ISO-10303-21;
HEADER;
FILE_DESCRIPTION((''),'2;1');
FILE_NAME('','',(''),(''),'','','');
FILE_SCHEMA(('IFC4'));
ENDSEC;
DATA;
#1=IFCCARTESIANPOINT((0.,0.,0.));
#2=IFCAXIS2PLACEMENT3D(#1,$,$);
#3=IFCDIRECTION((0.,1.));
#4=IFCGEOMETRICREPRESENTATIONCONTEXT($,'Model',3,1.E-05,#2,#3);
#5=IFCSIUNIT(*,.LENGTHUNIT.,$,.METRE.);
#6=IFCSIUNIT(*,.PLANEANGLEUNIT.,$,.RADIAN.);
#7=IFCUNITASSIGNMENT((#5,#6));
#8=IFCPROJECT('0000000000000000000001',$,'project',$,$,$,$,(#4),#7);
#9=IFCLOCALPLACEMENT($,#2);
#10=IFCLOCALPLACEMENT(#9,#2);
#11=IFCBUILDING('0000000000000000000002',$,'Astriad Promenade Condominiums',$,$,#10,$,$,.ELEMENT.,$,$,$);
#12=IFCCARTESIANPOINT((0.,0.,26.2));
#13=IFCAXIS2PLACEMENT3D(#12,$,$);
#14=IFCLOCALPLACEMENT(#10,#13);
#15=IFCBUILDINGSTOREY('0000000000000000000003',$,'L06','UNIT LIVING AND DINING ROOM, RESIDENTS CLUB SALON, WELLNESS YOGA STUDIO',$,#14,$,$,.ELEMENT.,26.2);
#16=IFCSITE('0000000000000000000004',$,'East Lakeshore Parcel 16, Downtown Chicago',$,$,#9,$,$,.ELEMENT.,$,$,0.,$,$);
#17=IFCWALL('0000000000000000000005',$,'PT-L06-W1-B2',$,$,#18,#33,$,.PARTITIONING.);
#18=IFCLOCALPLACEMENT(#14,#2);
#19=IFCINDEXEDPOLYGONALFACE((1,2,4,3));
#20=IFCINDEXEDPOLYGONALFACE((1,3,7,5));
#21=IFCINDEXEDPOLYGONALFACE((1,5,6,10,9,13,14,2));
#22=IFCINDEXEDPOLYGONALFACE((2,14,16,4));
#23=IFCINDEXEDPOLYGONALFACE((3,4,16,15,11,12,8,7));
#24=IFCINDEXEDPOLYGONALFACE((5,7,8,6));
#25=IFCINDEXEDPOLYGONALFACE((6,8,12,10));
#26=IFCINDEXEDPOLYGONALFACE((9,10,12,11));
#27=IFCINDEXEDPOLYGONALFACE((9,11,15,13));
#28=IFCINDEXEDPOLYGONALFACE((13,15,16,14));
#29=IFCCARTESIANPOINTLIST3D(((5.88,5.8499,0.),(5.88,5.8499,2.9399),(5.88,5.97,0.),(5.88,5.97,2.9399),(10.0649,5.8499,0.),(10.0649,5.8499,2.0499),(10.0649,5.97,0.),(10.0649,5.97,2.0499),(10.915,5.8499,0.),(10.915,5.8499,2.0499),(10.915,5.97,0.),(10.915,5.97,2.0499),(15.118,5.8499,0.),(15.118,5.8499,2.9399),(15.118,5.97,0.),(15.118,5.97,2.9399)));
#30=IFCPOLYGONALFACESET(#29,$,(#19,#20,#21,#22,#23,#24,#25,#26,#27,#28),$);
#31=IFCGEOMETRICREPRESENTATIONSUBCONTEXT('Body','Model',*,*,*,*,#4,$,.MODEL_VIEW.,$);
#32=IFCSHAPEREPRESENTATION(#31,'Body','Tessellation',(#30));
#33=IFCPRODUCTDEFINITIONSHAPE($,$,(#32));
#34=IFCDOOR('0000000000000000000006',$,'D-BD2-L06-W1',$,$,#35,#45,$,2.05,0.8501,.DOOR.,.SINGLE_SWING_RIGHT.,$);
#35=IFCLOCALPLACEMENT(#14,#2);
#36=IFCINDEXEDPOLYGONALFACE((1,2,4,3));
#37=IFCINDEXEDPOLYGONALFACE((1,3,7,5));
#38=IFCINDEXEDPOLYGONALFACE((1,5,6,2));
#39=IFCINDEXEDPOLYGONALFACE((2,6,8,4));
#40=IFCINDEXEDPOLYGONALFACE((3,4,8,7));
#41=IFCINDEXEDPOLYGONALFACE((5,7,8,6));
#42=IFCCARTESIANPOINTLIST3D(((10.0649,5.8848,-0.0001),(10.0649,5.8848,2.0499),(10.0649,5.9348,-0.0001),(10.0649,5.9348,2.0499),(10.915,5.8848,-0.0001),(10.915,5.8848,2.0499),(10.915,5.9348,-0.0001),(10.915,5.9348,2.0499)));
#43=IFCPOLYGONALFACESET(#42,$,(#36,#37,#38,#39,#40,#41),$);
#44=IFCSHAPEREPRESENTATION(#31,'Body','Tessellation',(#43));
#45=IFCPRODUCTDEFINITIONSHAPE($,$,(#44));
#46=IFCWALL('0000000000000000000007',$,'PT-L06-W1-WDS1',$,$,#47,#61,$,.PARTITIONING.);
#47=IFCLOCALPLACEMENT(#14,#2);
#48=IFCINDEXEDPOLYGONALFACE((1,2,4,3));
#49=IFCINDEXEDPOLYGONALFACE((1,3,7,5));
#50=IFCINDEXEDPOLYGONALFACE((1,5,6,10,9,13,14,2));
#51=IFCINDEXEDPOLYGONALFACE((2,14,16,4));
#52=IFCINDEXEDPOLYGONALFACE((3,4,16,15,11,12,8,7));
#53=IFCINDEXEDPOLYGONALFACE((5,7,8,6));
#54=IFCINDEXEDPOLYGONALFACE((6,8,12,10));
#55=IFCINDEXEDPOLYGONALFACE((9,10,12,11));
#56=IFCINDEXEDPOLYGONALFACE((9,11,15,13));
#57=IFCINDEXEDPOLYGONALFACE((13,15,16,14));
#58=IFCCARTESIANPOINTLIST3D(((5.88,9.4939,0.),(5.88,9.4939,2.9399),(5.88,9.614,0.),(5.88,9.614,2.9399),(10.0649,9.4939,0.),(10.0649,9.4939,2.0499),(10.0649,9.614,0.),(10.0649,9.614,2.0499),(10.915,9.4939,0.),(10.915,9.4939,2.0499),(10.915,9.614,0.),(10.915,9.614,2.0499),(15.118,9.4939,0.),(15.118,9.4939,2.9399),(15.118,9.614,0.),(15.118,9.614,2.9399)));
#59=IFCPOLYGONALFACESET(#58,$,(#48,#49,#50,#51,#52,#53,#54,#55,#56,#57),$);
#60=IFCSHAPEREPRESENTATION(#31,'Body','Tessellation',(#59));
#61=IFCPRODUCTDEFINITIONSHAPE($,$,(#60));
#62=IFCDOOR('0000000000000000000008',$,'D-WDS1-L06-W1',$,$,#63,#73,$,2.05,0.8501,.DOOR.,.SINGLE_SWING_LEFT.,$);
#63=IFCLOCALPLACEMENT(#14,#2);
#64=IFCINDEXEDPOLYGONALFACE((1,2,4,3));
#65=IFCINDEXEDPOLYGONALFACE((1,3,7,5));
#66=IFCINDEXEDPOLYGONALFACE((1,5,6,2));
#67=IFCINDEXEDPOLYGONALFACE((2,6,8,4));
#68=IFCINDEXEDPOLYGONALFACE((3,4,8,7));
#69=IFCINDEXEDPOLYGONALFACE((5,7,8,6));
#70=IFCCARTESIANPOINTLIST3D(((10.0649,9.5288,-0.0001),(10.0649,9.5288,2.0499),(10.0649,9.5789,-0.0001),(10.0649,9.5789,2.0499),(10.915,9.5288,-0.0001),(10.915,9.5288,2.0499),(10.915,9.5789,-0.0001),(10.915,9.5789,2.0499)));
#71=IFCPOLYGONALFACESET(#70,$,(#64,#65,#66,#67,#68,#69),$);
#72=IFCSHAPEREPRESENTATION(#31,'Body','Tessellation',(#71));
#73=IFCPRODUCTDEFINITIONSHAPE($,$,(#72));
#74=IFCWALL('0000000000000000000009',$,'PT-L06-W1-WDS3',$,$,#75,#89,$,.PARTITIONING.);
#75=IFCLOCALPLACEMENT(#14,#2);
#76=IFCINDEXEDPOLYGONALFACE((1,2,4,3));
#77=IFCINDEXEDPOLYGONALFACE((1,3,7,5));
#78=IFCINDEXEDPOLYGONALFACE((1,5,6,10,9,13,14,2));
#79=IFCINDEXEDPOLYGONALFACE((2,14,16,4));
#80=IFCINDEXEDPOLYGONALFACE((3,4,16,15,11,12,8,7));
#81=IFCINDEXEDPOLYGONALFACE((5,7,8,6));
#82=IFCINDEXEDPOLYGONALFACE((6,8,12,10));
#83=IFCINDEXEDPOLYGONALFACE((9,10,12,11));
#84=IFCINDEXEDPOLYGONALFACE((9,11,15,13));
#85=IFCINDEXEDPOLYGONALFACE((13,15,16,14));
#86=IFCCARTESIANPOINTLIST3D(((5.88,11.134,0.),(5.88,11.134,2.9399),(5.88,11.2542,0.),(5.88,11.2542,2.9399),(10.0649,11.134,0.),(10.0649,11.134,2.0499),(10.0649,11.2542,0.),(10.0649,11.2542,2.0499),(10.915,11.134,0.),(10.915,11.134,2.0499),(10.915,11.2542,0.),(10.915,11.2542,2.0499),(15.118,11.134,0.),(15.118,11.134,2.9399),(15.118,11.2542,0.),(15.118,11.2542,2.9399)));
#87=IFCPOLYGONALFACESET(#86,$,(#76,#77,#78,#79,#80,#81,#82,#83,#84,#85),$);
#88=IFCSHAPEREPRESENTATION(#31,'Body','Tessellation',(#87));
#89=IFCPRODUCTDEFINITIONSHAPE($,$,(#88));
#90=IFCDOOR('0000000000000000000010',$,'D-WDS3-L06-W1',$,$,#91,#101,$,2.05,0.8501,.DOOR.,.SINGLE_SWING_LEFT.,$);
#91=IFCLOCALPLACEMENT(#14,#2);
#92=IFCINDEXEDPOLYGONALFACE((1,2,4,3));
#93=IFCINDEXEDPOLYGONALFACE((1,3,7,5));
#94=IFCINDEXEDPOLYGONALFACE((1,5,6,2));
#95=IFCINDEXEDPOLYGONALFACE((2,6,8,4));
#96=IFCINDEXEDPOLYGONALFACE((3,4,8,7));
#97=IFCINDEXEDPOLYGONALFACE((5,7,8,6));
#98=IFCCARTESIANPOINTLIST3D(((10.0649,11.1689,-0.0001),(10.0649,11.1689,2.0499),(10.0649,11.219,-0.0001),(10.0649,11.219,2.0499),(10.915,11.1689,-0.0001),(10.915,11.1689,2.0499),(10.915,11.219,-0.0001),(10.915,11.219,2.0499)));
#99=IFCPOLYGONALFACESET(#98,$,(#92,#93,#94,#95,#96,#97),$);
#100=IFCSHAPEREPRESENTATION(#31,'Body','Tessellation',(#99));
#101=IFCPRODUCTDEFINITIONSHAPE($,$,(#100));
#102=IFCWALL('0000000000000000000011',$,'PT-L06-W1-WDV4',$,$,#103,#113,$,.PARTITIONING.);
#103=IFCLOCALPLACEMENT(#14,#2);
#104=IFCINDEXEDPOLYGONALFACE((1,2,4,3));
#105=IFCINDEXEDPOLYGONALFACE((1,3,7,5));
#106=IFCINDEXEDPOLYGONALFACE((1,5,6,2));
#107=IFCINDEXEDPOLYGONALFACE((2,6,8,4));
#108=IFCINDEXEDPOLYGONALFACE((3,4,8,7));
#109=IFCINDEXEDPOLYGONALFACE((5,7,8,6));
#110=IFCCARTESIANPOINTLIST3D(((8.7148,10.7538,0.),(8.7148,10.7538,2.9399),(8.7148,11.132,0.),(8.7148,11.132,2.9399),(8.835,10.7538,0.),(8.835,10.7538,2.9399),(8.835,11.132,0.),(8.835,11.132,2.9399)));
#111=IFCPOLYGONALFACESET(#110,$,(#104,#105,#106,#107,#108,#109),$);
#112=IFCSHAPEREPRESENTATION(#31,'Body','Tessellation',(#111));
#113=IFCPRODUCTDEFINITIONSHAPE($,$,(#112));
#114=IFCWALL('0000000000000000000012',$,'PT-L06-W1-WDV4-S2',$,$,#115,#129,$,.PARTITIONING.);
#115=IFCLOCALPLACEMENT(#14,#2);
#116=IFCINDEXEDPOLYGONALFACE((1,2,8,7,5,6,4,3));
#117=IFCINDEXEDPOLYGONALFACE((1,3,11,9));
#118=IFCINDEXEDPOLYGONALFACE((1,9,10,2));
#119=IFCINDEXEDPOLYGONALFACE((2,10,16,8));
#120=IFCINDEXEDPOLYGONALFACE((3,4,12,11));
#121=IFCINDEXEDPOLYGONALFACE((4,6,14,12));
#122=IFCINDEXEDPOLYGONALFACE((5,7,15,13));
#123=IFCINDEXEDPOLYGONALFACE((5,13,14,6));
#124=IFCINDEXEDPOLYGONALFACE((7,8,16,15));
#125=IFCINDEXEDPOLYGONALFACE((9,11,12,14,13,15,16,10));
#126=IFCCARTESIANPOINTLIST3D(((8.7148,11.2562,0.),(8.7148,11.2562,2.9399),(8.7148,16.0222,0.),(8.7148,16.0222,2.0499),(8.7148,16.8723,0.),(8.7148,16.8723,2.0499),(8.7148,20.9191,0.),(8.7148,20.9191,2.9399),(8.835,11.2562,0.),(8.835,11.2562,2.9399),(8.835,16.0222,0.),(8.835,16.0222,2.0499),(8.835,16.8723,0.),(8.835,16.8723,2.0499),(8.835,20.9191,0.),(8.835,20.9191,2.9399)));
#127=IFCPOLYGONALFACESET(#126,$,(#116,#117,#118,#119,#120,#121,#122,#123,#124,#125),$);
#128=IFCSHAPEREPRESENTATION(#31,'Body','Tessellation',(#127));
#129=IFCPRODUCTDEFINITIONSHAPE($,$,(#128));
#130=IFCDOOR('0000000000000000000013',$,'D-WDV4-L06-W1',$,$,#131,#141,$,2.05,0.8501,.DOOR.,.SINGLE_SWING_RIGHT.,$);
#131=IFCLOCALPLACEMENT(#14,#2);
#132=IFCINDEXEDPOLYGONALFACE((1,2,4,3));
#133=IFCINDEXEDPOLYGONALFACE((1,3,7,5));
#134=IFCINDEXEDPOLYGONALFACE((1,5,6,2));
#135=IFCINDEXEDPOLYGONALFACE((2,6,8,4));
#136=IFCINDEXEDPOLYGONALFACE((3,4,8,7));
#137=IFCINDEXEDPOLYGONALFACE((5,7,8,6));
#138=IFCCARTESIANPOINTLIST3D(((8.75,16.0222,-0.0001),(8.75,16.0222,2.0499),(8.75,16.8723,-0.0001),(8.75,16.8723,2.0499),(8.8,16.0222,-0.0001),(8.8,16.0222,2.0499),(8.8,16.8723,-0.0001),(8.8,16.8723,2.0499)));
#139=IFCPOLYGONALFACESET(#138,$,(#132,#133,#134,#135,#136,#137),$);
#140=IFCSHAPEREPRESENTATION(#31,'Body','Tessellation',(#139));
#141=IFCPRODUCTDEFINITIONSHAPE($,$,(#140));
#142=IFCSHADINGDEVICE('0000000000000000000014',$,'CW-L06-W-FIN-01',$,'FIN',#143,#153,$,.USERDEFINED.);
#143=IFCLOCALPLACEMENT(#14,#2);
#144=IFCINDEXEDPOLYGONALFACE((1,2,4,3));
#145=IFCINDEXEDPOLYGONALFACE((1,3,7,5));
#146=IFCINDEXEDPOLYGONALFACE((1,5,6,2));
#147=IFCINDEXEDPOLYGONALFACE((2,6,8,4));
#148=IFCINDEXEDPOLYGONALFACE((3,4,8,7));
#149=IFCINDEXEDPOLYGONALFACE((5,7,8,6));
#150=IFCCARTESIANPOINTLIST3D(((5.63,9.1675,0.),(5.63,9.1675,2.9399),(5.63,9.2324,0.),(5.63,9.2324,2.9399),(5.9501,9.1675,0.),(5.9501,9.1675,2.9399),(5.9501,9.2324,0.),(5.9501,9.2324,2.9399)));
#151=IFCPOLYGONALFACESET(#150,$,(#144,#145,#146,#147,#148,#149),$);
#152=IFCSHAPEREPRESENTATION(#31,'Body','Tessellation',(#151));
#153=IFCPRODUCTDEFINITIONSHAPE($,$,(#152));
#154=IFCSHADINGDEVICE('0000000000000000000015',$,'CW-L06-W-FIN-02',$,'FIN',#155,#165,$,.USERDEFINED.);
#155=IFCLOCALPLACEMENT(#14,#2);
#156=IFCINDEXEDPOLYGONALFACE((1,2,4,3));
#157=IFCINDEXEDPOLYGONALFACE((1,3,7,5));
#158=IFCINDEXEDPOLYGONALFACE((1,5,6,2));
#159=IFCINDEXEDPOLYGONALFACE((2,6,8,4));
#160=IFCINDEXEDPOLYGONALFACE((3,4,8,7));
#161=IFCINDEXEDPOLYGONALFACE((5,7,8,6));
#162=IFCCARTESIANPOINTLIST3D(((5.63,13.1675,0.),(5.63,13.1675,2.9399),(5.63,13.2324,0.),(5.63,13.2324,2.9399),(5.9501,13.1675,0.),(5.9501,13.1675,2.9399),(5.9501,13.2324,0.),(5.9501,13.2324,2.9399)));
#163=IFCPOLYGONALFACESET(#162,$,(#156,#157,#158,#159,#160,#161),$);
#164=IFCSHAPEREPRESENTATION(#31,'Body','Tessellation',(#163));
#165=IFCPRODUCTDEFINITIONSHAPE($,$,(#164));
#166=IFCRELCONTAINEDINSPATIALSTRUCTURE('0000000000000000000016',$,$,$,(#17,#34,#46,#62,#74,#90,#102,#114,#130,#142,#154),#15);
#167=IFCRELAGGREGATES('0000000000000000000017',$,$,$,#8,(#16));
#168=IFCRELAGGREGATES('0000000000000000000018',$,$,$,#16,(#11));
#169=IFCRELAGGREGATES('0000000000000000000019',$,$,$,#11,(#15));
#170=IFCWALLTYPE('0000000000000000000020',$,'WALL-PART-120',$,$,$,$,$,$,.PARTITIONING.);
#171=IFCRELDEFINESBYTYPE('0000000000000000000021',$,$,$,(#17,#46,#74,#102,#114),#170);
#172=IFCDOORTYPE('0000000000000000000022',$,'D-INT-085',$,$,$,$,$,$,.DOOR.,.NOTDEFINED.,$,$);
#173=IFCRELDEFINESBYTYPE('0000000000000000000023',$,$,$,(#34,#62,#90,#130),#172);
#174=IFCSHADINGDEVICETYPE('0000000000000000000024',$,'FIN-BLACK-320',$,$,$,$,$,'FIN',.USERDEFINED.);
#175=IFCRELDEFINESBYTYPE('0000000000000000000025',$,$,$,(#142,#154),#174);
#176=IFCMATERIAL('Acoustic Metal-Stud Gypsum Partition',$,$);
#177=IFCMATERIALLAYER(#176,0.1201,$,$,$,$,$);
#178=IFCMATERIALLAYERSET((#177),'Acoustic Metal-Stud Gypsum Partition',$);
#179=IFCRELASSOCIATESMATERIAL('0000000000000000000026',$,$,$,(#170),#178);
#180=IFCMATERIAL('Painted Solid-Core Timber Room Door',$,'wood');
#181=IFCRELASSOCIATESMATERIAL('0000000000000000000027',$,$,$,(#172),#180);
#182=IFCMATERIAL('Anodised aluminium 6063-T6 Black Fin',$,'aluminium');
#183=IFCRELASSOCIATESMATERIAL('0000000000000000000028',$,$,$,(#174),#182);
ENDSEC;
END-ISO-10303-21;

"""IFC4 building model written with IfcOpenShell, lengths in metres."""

from ifc_helpers import new_model, si_unit, direction, frame, frame_2d, origin, origin_2d, place, context, subcontext, project, spatial, rectangle, extrude, source, transform, mapped, material, layer, layer_set, type_object, type_shapes, element, fill, save


model = new_model("IFC4")

# Units and contexts
model_context = context("Model", 3, precision=1e-05, world=origin(), true_north=direction((0.0, 1.0)))
body_context = subcontext(model_context, "Body", "Model", "MODEL_VIEW")
ifc_project = project(units=[si_unit("LENGTHUNIT", "METRE"), si_unit("PLANEANGLEUNIT", "RADIAN")], contexts=[model_context])

# Site, building, storey
site_placement = place(None, origin())
site = spatial("IfcSite", under=ifc_project, at=site_placement, Name="East Lakeshore Parcel 16, Downtown Chicago", CompositionType="ELEMENT", RefElevation=0.0)
building_placement = place(site_placement, origin())
building = spatial("IfcBuilding", under=site, at=building_placement, Name="Astriad Promenade Condominiums", CompositionType="ELEMENT")
storey_placement = place(building_placement, frame((0.0, 0.0, 26.2)))
storey = spatial("IfcBuildingStorey", under=building, at=storey_placement, Name="L06", Description="UNIT LIVING AND DINING ROOM, RESIDENTS CLUB SALON, WELLNESS YOGA STUDIO", CompositionType="ELEMENT", Elevation=26.2)

# Walls, openings, doors
ifc_material_1 = material(Name="Acoustic Metal-Stud Gypsum Partition")
ifc_layer_1 = layer(ifc_material_1, 0.1201)
ifc_layer_set_1 = layer_set([ifc_layer_1], Name="Acoustic Metal-Stud Gypsum Partition")
wall_type_1 = type_object("IfcWallType", Name="WALL-PART-120", PredefinedType="PARTITIONING", material=ifc_layer_set_1)
wall_1_placement = place(storey_placement, frame((5.8799, 5.9099, 0.0), z_axis=(0.0, 0.0, 1.0), x_axis=(1.0, 0.0, 0.0)))
wall_1 = element("IfcWall", 1, at=wall_1_placement, inside=storey, type_object=wall_type_1, Name="PT-L06-W1-B2", PredefinedType="PARTITIONING", context=body_context, shape_type="SweptSolid", body=[
    extrude(rectangle(XDim=9.238, YDim=0.1201, at=frame_2d((4.6191, 0.0))), origin(), (0.0, 0.0, 1.0), 2.9399),
])
opening_1_placement = place(wall_1_placement, frame((4.1851, 0.0, 0.0)))
opening_1 = element("IfcOpeningElement", 2, at=opening_1_placement, cuts=wall_1, PredefinedType="OPENING", context=body_context, shape_type="SweptSolid", body=[
    extrude(rectangle(XDim=0.8501, YDim=2.05, at=frame_2d((0.425, 1.0249))), frame((0.0, 0.0701, 0.0), z_axis=(0.0, -1.0, 0.0), x_axis=(1.0, 0.0, 0.0)), (0.0, 0.0, 1.0), 0.1401),
])
ifc_material_2 = material(Name="Painted Solid-Core Timber Room Door", Category="wood")
door_type = type_object("IfcDoorType", Name="D-INT-085", OperationType="NOTDEFINED", PredefinedType="DOOR", material=ifc_material_2)
shared_shape_1 = source(origin(), body_context, "Body", "SweptSolid", [
    extrude(rectangle(XDim=0.8501, YDim=2.05, at=frame_2d((0.425, 1.0249))), frame((0.0, 0.0249, 0.0), z_axis=(0.0, -1.0, 0.0), x_axis=(1.0, 0.0, 0.0)), (0.0, 0.0, 1.0), 0.05),
])
type_shapes(door_type, [shared_shape_1])
door_1_placement = place(opening_1_placement, origin())
door_1 = element("IfcDoor", 3, at=door_1_placement, inside=storey, type_object=door_type, Name="D-BD2-L06-W1", OperationType="SINGLE_SWING_RIGHT", OverallHeight=2.05, OverallWidth=0.8501, PredefinedType="DOOR", context=body_context, shape_type="MappedRepresentation", body=[
    mapped(shared_shape_1, transform((0.0, 0.0, 0.0), scale=1.0)),
])
fill(opening_1, door_1)
wall_2_placement = place(storey_placement, frame((5.8799, 9.554, 0.0), z_axis=(0.0, 0.0, 1.0), x_axis=(1.0, 0.0, 0.0)))
wall_2 = element("IfcWall", 4, at=wall_2_placement, inside=storey, type_object=wall_type_1, Name="PT-L06-W1-WDS1", PredefinedType="PARTITIONING", context=body_context, shape_type="SweptSolid", body=[
    extrude(rectangle(XDim=9.238, YDim=0.1201, at=frame_2d((4.6191, 0.0))), origin(), (0.0, 0.0, 1.0), 2.9399),
])
opening_2_placement = place(wall_2_placement, frame((4.1851, 0.0, 0.0)))
opening_2 = element("IfcOpeningElement", 5, at=opening_2_placement, cuts=wall_2, PredefinedType="OPENING", context=body_context, shape_type="SweptSolid", body=[
    extrude(rectangle(XDim=0.8501, YDim=2.05, at=frame_2d((0.425, 1.0249))), frame((0.0, 0.0701, 0.0), z_axis=(0.0, -1.0, 0.0), x_axis=(1.0, 0.0, 0.0)), (0.0, 0.0, 1.0), 0.1401),
])
door_2_placement = place(opening_2_placement, origin())
door_2 = element("IfcDoor", 6, at=door_2_placement, inside=storey, type_object=door_type, Name="D-WDS1-L06-W1", OperationType="SINGLE_SWING_LEFT", OverallHeight=2.05, OverallWidth=0.8501, PredefinedType="DOOR", context=body_context, shape_type="MappedRepresentation", body=[
    mapped(shared_shape_1, transform((0.0, 0.0, 0.0), scale=1.0)),
])
fill(opening_2, door_2)
wall_3_placement = place(storey_placement, frame((5.8799, 11.1941, 0.0), z_axis=(0.0, 0.0, 1.0), x_axis=(1.0, 0.0, 0.0)))
wall_3 = element("IfcWall", 7, at=wall_3_placement, inside=storey, type_object=wall_type_1, Name="PT-L06-W1-WDS3", PredefinedType="PARTITIONING", context=body_context, shape_type="SweptSolid", body=[
    extrude(rectangle(XDim=9.238, YDim=0.1201, at=frame_2d((4.6191, 0.0))), origin(), (0.0, 0.0, 1.0), 2.9399),
])
opening_3_placement = place(wall_3_placement, frame((4.1851, 0.0, 0.0)))
opening_3 = element("IfcOpeningElement", 8, at=opening_3_placement, cuts=wall_3, PredefinedType="OPENING", context=body_context, shape_type="SweptSolid", body=[
    extrude(rectangle(XDim=0.8501, YDim=2.05, at=frame_2d((0.425, 1.0249))), frame((0.0, 0.0701, 0.0), z_axis=(0.0, -1.0, 0.0), x_axis=(1.0, 0.0, 0.0)), (0.0, 0.0, 1.0), 0.1401),
])
door_3_placement = place(opening_3_placement, origin())
door_3 = element("IfcDoor", 9, at=door_3_placement, inside=storey, type_object=door_type, Name="D-WDS3-L06-W1", OperationType="SINGLE_SWING_LEFT", OverallHeight=2.05, OverallWidth=0.8501, PredefinedType="DOOR", context=body_context, shape_type="MappedRepresentation", body=[
    mapped(shared_shape_1, transform((0.0, 0.0, 0.0), scale=1.0)),
])
fill(opening_3, door_3)

# Wall
wall_4_placement = place(storey_placement, frame((8.7749, 10.7539, 0.0), z_axis=(0.0, 0.0, 1.0), x_axis=(0.0, 1.0, 0.0)))
element("IfcWall", 10, at=wall_4_placement, inside=storey, type_object=wall_type_1, Name="PT-L06-W1-WDV4", PredefinedType="PARTITIONING", context=body_context, shape_type="SweptSolid", body=[
    extrude(rectangle(XDim=0.3782, YDim=0.1201, at=frame_2d((0.189, 0.0))), origin(), (0.0, 0.0, 1.0), 2.9399),
])

# Wall, opening, door
wall_5_placement = place(storey_placement, frame((8.7749, 11.2561, 0.0), z_axis=(0.0, 0.0, 1.0), x_axis=(0.0, 1.0, 0.0)))
wall_5 = element("IfcWall", 11, at=wall_5_placement, inside=storey, type_object=wall_type_1, Name="PT-L06-W1-WDV4-S2", PredefinedType="PARTITIONING", context=body_context, shape_type="SweptSolid", body=[
    extrude(rectangle(XDim=9.6628, YDim=0.1201, at=frame_2d((4.8315, 0.0))), origin(), (0.0, 0.0, 1.0), 2.9399),
])
opening_4_placement = place(wall_5_placement, frame((4.7661, 0.0, 0.0)))
opening_4 = element("IfcOpeningElement", 12, at=opening_4_placement, cuts=wall_5, PredefinedType="OPENING", context=body_context, shape_type="SweptSolid", body=[
    extrude(rectangle(XDim=0.8501, YDim=2.05, at=frame_2d((0.425, 1.0249))), frame((0.0, 0.0701, 0.0), z_axis=(0.0, -1.0, 0.0), x_axis=(1.0, 0.0, 0.0)), (0.0, 0.0, 1.0), 0.1401),
])
door_4_placement = place(opening_4_placement, origin())
door_4 = element("IfcDoor", 13, at=door_4_placement, inside=storey, type_object=door_type, Name="D-WDV4-L06-W1", OperationType="SINGLE_SWING_RIGHT", OverallHeight=2.05, OverallWidth=0.8501, PredefinedType="DOOR", context=body_context, shape_type="MappedRepresentation", body=[
    mapped(shared_shape_1, transform((0.0, 0.0, 0.0), scale=1.0)),
])
fill(opening_4, door_4)

# Shading devices
ifc_material_3 = material(Name="Anodised aluminium 6063-T6 Black Fin", Category="aluminium")
shading_device_type = type_object("IfcShadingDeviceType", Name="FIN-BLACK-320", ElementType="FIN", PredefinedType="USERDEFINED", material=ifc_material_3)
shared_shape_2 = source(origin(), body_context, "Body", "SweptSolid", [
    extrude(rectangle(XDim=0.0649, YDim=0.3201, at=origin_2d()), origin(), (0.0, 0.0, 1.0), 2.9399),
])
type_shapes(shading_device_type, [shared_shape_2])
for number, where, z_axis, x_axis, name in (
    (14, (5.79, 9.2, 0.0), (0.0, 0.0, 1.0), (0.0, 1.0, 0.0), "CW-L06-W-FIN-01"),
    (15, (5.79, 13.2, 0.0), (0.0, 0.0, 1.0), (0.0, 1.0, 0.0), "CW-L06-W-FIN-02"),
):
    element("IfcShadingDevice", number, at=place(storey_placement, frame(where, z_axis=z_axis, x_axis=x_axis)), inside=storey, type_object=shading_device_type, Name=name, ObjectType="FIN", PredefinedType="USERDEFINED", context=body_context, shape_type="MappedRepresentation", body=[
        mapped(shared_shape_2, transform((0.0, 0.0, 0.0), scale=1.0)),
    ])

save(model, "model.ifc")
